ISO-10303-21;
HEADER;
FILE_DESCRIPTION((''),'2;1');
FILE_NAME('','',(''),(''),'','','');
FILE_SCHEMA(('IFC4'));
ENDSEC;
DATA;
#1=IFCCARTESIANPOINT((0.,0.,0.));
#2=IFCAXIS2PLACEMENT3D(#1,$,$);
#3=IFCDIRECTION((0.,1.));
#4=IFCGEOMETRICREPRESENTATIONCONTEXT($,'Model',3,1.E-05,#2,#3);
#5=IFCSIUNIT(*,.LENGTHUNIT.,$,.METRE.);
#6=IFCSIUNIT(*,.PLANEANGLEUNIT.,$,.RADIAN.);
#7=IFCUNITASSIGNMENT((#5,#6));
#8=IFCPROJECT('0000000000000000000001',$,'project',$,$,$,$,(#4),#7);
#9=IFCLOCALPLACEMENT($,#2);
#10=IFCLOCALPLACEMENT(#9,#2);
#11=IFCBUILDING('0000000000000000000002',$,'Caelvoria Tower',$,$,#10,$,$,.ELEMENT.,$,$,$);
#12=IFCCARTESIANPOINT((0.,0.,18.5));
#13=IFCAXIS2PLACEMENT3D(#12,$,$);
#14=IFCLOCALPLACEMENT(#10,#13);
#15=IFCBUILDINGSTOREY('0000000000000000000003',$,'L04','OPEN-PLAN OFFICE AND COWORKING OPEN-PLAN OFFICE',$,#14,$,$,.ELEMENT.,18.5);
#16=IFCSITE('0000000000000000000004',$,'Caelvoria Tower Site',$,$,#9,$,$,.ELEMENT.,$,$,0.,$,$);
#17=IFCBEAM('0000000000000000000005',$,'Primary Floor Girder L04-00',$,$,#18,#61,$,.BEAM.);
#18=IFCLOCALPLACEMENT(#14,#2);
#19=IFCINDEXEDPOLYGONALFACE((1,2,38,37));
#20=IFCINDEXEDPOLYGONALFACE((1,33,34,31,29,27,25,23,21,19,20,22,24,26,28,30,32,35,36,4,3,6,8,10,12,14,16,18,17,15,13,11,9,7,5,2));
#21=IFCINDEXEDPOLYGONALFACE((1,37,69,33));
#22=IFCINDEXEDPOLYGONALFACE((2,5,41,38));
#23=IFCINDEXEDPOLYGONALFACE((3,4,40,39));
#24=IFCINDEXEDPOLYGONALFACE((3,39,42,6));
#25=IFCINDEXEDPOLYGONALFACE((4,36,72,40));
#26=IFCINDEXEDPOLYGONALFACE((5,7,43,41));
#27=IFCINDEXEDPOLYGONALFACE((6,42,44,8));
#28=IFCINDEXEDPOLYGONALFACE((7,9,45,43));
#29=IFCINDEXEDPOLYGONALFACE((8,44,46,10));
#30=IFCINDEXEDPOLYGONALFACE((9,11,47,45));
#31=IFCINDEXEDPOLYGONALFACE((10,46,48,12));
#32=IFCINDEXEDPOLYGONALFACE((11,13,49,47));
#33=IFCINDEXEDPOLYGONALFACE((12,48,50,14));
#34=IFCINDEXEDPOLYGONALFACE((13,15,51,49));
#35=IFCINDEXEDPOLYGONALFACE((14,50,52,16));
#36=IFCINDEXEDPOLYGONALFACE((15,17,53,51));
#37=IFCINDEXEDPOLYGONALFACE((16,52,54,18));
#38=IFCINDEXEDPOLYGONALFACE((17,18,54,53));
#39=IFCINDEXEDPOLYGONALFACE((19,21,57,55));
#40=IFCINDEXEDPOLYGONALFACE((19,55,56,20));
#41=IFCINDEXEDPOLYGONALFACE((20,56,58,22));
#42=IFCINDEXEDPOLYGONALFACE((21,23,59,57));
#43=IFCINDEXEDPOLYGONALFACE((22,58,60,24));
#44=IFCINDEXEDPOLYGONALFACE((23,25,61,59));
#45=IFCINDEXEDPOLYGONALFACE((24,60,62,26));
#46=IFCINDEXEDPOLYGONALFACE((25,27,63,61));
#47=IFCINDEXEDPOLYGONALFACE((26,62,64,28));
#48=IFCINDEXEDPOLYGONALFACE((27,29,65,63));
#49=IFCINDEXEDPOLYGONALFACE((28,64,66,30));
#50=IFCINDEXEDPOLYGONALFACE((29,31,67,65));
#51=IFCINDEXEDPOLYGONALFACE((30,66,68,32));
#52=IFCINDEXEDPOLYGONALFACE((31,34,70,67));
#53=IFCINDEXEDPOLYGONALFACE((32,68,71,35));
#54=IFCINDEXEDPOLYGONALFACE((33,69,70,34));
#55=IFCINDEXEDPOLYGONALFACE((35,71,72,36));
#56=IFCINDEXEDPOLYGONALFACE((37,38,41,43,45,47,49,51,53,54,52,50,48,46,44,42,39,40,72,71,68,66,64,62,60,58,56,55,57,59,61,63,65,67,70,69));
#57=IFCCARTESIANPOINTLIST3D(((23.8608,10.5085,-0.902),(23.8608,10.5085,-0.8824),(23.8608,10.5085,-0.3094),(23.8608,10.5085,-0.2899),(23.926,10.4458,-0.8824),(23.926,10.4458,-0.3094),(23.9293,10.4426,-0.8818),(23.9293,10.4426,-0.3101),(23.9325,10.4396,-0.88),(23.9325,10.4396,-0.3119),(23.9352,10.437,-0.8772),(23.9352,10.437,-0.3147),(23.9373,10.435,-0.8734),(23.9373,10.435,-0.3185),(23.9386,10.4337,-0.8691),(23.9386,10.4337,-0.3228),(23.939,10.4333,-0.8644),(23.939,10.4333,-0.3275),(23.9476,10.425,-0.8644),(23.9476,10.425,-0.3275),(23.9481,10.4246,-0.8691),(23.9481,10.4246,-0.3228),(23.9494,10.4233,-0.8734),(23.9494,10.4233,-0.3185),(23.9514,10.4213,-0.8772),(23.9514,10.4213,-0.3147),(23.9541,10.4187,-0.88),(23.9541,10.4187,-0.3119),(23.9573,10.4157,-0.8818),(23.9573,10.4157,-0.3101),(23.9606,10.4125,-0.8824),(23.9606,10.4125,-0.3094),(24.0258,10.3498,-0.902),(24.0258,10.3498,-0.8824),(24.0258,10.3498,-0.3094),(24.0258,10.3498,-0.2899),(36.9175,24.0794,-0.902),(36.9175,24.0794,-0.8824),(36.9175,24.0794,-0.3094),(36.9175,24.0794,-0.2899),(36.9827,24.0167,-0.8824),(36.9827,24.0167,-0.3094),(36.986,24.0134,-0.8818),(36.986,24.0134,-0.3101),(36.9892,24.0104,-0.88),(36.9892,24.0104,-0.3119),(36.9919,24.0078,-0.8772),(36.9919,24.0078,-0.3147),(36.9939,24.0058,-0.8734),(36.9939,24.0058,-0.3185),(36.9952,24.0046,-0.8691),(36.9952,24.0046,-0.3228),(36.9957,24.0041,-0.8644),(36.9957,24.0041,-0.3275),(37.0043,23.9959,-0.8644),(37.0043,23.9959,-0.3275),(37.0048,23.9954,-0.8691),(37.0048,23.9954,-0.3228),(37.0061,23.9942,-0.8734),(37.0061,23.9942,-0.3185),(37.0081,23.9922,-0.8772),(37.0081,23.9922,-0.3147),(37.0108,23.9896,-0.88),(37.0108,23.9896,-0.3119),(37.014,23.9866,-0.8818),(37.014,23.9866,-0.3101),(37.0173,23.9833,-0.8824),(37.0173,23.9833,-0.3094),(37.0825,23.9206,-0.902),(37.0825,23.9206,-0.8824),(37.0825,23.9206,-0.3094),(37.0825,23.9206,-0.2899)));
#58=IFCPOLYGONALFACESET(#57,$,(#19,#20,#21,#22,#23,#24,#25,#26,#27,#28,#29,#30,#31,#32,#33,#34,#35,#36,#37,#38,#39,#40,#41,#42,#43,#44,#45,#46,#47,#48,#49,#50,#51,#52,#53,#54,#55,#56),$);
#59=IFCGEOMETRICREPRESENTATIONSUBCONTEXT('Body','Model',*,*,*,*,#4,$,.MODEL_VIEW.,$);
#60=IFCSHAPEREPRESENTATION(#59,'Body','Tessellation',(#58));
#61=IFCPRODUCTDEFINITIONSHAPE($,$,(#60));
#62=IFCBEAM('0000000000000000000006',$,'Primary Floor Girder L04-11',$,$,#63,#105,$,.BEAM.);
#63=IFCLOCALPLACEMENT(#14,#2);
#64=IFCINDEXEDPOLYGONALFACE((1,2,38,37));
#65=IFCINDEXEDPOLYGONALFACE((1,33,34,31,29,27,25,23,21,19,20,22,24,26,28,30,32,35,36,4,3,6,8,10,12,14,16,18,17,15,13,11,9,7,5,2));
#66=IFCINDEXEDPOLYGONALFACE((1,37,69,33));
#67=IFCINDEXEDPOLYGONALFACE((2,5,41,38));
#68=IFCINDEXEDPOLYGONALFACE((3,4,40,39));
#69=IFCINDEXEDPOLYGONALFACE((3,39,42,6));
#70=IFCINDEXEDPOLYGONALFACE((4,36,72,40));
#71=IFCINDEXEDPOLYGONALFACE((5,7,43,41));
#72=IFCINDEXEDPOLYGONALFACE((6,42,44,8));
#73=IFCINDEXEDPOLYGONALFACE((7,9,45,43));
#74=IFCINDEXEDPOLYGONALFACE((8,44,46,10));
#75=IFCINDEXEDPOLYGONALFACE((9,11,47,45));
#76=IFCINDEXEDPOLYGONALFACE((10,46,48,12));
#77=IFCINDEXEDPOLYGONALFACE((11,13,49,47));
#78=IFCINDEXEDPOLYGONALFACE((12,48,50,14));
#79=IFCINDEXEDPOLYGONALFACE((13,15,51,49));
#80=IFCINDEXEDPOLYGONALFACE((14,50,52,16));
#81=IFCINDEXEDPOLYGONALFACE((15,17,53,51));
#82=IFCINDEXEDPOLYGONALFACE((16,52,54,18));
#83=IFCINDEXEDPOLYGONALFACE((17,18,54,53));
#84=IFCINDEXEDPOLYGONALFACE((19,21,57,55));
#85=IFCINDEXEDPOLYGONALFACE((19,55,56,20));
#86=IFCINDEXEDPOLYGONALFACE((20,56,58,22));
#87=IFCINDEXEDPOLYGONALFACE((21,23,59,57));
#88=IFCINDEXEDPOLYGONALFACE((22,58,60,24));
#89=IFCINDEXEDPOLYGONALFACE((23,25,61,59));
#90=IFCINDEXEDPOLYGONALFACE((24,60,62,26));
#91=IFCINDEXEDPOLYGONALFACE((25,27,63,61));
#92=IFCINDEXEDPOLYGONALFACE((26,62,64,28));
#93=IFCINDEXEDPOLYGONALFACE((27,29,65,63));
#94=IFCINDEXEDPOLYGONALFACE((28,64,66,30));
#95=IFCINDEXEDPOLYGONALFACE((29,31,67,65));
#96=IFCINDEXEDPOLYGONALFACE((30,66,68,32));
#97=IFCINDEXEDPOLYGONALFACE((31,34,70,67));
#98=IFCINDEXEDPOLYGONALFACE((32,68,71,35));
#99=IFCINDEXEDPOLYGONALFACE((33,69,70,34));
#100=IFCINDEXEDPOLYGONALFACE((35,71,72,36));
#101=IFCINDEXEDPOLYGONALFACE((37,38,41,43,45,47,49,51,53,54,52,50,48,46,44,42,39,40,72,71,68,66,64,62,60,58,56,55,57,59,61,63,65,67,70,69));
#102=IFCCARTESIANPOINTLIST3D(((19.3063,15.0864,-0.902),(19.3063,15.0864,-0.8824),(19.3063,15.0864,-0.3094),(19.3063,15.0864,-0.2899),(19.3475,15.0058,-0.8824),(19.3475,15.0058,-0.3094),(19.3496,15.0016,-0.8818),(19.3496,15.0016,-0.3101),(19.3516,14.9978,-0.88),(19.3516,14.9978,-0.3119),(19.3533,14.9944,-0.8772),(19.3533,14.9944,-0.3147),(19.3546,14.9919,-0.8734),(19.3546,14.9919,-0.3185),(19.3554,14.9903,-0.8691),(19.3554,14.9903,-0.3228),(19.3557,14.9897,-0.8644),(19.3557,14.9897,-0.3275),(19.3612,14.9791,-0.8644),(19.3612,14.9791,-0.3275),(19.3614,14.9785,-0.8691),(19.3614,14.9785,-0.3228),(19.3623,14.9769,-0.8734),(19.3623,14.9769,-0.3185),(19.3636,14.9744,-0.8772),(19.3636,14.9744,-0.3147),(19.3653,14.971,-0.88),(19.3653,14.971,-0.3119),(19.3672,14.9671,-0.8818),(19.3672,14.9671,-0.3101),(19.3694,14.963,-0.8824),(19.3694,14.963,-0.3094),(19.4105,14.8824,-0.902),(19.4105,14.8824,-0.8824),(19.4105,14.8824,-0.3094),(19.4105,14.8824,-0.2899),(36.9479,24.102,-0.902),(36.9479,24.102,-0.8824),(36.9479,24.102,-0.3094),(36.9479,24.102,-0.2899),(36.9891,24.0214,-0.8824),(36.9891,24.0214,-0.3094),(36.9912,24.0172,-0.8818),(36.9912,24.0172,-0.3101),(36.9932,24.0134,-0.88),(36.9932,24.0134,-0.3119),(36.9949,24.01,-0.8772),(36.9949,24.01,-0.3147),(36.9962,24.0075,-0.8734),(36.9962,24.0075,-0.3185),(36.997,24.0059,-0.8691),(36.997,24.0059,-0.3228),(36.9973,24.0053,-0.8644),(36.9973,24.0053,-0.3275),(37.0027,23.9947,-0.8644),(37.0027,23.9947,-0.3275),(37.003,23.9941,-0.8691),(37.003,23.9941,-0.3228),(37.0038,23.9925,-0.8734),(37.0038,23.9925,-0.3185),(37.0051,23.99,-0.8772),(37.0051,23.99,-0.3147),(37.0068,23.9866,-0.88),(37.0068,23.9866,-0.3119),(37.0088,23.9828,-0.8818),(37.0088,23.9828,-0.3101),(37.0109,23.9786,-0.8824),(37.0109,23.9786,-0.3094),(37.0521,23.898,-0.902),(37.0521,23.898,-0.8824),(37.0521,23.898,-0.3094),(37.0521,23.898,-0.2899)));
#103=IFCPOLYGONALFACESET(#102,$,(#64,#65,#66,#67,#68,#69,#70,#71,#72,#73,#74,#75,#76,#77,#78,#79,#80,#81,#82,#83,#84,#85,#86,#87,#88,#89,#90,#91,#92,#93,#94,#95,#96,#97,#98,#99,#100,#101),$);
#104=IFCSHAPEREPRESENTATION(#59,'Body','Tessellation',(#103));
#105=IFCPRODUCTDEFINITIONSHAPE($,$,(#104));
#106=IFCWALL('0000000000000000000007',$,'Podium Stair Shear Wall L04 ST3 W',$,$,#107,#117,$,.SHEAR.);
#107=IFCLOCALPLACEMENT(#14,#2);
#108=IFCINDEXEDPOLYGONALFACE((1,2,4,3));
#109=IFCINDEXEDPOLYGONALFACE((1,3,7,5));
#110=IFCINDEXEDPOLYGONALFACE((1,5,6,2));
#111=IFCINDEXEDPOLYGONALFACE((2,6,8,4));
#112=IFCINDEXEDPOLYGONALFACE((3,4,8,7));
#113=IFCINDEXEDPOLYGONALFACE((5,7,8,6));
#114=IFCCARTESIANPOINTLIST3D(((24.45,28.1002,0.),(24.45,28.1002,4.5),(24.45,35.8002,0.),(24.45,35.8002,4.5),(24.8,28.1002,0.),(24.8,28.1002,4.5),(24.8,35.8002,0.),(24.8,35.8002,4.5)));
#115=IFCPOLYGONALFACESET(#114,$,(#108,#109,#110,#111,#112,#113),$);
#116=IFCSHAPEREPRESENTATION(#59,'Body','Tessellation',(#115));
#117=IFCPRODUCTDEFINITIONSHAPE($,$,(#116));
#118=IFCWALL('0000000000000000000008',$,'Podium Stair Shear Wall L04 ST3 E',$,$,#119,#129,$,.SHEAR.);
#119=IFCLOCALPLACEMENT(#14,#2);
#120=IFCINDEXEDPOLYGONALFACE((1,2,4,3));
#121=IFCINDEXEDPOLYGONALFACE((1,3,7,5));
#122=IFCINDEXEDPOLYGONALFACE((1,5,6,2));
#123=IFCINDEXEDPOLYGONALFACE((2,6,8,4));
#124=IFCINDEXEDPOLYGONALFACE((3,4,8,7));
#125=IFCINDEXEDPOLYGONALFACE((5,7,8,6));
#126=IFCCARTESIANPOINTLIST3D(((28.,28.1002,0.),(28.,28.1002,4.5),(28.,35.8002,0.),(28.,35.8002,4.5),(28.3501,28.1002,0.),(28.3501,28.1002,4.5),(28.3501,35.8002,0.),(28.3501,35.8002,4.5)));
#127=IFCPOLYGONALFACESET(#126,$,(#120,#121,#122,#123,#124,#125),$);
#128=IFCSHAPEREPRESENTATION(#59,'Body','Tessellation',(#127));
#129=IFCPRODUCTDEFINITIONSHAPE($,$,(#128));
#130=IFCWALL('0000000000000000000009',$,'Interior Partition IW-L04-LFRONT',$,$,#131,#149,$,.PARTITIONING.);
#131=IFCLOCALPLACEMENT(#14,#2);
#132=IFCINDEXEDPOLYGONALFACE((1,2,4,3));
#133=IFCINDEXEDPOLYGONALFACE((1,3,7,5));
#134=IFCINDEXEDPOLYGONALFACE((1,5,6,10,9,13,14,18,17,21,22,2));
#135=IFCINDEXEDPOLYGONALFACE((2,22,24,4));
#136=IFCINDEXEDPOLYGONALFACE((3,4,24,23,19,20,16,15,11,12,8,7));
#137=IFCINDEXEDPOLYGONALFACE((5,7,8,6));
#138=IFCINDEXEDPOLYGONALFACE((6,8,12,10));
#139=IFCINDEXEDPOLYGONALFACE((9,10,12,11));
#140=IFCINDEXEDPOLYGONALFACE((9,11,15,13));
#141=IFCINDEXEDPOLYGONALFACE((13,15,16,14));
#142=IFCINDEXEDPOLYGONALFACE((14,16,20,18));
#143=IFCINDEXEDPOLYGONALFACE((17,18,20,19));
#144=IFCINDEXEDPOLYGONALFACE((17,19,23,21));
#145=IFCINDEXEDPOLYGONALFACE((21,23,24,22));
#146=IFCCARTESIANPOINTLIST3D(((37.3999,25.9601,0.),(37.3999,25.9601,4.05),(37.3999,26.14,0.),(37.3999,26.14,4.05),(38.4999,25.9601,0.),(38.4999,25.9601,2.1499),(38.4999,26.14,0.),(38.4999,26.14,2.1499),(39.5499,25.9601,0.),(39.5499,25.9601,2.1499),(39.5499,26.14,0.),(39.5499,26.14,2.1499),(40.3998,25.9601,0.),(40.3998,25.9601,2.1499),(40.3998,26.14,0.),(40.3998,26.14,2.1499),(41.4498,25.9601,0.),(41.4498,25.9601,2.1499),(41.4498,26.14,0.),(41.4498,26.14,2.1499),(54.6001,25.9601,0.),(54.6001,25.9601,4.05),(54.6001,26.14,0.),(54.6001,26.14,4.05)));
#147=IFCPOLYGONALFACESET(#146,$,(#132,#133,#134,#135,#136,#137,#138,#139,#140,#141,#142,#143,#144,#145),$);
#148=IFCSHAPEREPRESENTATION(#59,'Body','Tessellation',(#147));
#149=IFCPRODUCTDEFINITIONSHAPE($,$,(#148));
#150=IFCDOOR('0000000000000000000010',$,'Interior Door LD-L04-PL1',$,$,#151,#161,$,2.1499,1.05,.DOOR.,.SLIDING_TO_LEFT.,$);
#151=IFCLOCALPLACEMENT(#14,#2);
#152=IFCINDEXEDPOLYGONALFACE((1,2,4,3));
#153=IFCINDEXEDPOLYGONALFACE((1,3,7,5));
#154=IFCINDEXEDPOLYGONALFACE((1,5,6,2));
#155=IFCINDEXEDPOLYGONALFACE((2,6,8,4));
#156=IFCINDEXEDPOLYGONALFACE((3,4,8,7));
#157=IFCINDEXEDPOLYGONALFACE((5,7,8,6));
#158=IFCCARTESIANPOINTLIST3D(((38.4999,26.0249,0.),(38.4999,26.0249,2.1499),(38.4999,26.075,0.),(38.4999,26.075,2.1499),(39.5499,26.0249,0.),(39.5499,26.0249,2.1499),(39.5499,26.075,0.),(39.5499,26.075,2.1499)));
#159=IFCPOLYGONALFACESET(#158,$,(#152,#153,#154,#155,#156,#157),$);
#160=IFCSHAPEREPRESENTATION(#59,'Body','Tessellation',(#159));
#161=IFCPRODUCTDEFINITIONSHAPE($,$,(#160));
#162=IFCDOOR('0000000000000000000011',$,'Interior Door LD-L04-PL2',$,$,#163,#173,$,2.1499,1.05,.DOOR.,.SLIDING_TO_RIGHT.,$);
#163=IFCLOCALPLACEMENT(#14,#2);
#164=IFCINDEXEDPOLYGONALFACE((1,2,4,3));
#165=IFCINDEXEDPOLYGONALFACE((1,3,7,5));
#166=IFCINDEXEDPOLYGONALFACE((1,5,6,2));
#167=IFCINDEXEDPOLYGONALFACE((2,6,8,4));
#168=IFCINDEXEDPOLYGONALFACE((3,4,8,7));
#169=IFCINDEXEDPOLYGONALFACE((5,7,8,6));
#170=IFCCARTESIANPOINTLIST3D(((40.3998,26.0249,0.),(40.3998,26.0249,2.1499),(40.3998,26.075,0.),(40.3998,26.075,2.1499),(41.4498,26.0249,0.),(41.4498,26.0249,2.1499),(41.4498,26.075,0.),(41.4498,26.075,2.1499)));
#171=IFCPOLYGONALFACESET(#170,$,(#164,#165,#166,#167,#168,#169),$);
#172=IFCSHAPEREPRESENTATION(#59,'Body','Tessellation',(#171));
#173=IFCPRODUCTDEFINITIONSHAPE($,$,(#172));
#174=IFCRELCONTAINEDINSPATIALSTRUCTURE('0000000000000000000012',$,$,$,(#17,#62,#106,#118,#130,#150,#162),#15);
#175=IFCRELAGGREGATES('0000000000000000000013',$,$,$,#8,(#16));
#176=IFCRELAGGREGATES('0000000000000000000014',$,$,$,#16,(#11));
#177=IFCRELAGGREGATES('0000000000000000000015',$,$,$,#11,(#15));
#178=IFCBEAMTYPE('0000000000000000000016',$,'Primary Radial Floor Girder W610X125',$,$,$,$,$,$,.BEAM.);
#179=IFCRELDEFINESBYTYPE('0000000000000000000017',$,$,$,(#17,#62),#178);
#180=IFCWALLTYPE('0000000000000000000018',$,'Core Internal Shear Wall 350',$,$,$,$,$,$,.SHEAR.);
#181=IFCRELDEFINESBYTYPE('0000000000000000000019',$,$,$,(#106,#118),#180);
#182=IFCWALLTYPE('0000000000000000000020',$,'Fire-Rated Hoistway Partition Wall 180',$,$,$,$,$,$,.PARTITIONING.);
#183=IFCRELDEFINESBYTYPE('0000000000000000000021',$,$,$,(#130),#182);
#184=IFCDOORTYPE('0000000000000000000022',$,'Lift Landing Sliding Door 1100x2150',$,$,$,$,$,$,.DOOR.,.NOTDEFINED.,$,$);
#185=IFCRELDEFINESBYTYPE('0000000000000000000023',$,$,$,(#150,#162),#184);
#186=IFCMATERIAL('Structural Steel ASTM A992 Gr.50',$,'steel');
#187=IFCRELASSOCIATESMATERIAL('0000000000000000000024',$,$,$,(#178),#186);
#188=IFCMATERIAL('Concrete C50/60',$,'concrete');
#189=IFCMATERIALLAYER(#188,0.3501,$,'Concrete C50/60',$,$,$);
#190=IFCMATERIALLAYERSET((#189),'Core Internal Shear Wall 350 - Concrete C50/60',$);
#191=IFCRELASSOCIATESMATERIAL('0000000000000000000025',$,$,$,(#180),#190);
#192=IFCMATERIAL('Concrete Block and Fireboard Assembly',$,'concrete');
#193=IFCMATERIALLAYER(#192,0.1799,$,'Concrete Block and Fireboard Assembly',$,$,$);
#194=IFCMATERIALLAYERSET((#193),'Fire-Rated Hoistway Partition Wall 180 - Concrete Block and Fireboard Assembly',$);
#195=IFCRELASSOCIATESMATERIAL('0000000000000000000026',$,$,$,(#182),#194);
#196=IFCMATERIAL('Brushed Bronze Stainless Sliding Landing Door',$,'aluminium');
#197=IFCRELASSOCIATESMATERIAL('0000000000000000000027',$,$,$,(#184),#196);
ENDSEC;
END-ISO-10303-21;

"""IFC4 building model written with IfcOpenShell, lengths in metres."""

from ifc_helpers import new_model, si_unit, direction, frame, frame_2d, origin, origin_2d, place, context, subcontext, project, spatial, rectangle, i_section, extrude, material, layer, layer_set, material_profile, profile_set, type_object, element, fill, save


model = new_model("IFC4")

# Units and contexts
model_context = context("Model", 3, precision=1e-05, world=origin(), true_north=direction((0.0, 1.0)))
body_context = subcontext(model_context, "Body", "Model", "MODEL_VIEW")
ifc_project = project(units=[si_unit("LENGTHUNIT", "METRE"), si_unit("PLANEANGLEUNIT", "RADIAN")], contexts=[model_context])

# Site, building, storey
site_placement = place(None, origin())
site = spatial("IfcSite", under=ifc_project, at=site_placement, Name="Caelvoria Tower Site", CompositionType="ELEMENT", RefElevation=0.0)
building_placement = place(site_placement, origin())
building = spatial("IfcBuilding", under=site, at=building_placement, Name="Caelvoria Tower", CompositionType="ELEMENT")
storey_placement = place(building_placement, frame((0.0, 0.0, 18.5)))
storey = spatial("IfcBuildingStorey", under=building, at=storey_placement, Name="L04", Description="OPEN-PLAN OFFICE AND COWORKING OPEN-PLAN OFFICE", CompositionType="ELEMENT", Elevation=18.5)

# Beams
ifc_material_1 = material(Name="Structural Steel ASTM A992 Gr.50", Category="steel")
ifc_material_profile = material_profile(ifc_material_1, i_section(OverallWidth=0.229, OverallDepth=0.6121, WebThickness=0.012, FlangeThickness=0.0195, FilletRadius=0.0181, at=origin_2d()), Name="Structural Steel ASTM A992 Gr.50")
ifc_profile_set = profile_set([ifc_material_profile], Name="W610X125 - Structural Steel ASTM A992 Gr.50")
beam_type = type_object("IfcBeamType", Name="Primary Radial Floor Girder W610X125", PredefinedType="BEAM", material=ifc_profile_set)
beam_1_placement = place(storey_placement, frame((37.0, 24.0, -0.5959), z_axis=(-0.693324, -0.720626, 0.0), x_axis=(0.720626, -0.693324, 0.0)))
element("IfcBeam", 1, at=beam_1_placement, inside=storey, type_object=beam_type, Name="Primary Floor Girder L04-00", PredefinedType="BEAM", context=body_context, shape_type="SweptSolid", body=[
    extrude(i_section(OverallWidth=0.229, OverallDepth=0.6121, WebThickness=0.012, FlangeThickness=0.0195, FilletRadius=0.0181, at=origin_2d()), origin(), (0.0, 0.0, 1.0), 18.832),
])
beam_2_placement = place(storey_placement, frame((37.0, 24.0, -0.5959), z_axis=(-0.890459, -0.455063, 0.0), x_axis=(0.455063, -0.890459, 0.0)))
element("IfcBeam", 2, at=beam_2_placement, inside=storey, type_object=beam_type, Name="Primary Floor Girder L04-11", PredefinedType="BEAM", context=body_context, shape_type="SweptSolid", body=[
    extrude(i_section(OverallWidth=0.229, OverallDepth=0.6121, WebThickness=0.012, FlangeThickness=0.0195, FilletRadius=0.0181, at=origin_2d()), origin(), (0.0, 0.0, 1.0), 19.8118),
])

# Shared definitions
ifc_material_2 = material(Name="Concrete C50/60", Category="concrete")
ifc_layer_1 = layer(ifc_material_2, 0.3501, Name="Concrete C50/60")
ifc_layer_set_1 = layer_set([ifc_layer_1], Name="Core Internal Shear Wall 350 - Concrete C50/60")
wall_type_1 = type_object("IfcWallType", Name="Core Internal Shear Wall 350", PredefinedType="SHEAR", material=ifc_layer_set_1)

# Walls
for number, where, z_axis, x_axis, name in (
    (3, (24.625, 28.1001, 0.0), (0.0, 0.0, 1.0), (0.0, 1.0, 0.0), "Podium Stair Shear Wall L04 ST3 W"),
    (4, (28.175, 28.1001, 0.0), (0.0, 0.0, 1.0), (0.0, 1.0, 0.0), "Podium Stair Shear Wall L04 ST3 E"),
):
    element("IfcWall", number, at=place(storey_placement, frame(where, z_axis=z_axis, x_axis=x_axis)), inside=storey, type_object=wall_type_1, Name=name, PredefinedType="SHEAR", context=body_context, shape_type="SweptSolid", body=[
        extrude(rectangle(XDim=7.7, YDim=0.3501, at=frame_2d((3.8501, 0.0))), origin(), (0.0, 0.0, 1.0), 4.5),
    ])

# Wall, openings, doors
ifc_material_3 = material(Name="Concrete Block and Fireboard Assembly", Category="concrete")
ifc_layer_2 = layer(ifc_material_3, 0.1799, Name="Concrete Block and Fireboard Assembly")
ifc_layer_set_2 = layer_set([ifc_layer_2], Name="Fire-Rated Hoistway Partition Wall 180 - Concrete Block and Fireboard Assembly")
wall_type_2 = type_object("IfcWallType", Name="Fire-Rated Hoistway Partition Wall 180", PredefinedType="PARTITIONING", material=ifc_layer_set_2)
wall_1_placement = place(storey_placement, frame((37.3999, 26.05, 0.0), z_axis=(0.0, 0.0, 1.0), x_axis=(1.0, 0.0, 0.0)))
wall_1 = element("IfcWall", 5, at=wall_1_placement, inside=storey, type_object=wall_type_2, Name="Interior Partition IW-L04-LFRONT", PredefinedType="PARTITIONING", context=body_context, shape_type="SweptSolid", body=[
    extrude(rectangle(XDim=17.2002, YDim=0.1799, at=frame_2d((8.6001, 0.0))), origin(), (0.0, 0.0, 1.0), 4.05),
])
opening_1_placement = place(wall_1_placement, frame((1.1001, 0.0, 0.0)))
opening_1 = element("IfcOpeningElement", 6, at=opening_1_placement, cuts=wall_1, PredefinedType="OPENING", context=body_context, shape_type="SweptSolid", body=[
    extrude(rectangle(XDim=1.05, YDim=2.1499, at=frame_2d((0.5249, 1.075))), frame((0.0, 0.0999, 0.0), z_axis=(0.0, -1.0, 0.0), x_axis=(1.0, 0.0, 0.0)), (0.0, 0.0, 1.0), 0.2),
])
opening_2_placement = place(wall_1_placement, frame((3.0, 0.0, 0.0)))
opening_2 = element("IfcOpeningElement", 7, at=opening_2_placement, cuts=wall_1, PredefinedType="OPENING", context=body_context, shape_type="SweptSolid", body=[
    extrude(rectangle(XDim=1.05, YDim=2.1499, at=frame_2d((0.5249, 1.075))), frame((0.0, 0.0999, 0.0), z_axis=(0.0, -1.0, 0.0), x_axis=(1.0, 0.0, 0.0)), (0.0, 0.0, 1.0), 0.2),
])
ifc_material_4 = material(Name="Brushed Bronze Stainless Sliding Landing Door", Category="aluminium")
door_type_1 = type_object("IfcDoorType", Name="Lift Landing Sliding Door 1100x2150", OperationType="NOTDEFINED", PredefinedType="DOOR", material=ifc_material_4)
door_1_placement = place(opening_1_placement, origin())
door_1 = element("IfcDoor", 8, at=door_1_placement, inside=storey, type_object=door_type_1, Name="Interior Door LD-L04-PL1", OperationType="SLIDING_TO_LEFT", OverallHeight=2.1499, OverallWidth=1.05, PredefinedType="DOOR", context=body_context, shape_type="SweptSolid", body=[
    extrude(rectangle(XDim=1.05, YDim=2.1499, at=frame_2d((0.5249, 1.075))), frame((0.0, 0.0249, 0.0), z_axis=(0.0, -1.0, 0.0), x_axis=(1.0, 0.0, 0.0)), (0.0, 0.0, 1.0), 0.05),
])
fill(opening_1, door_1)
door_2_placement = place(opening_2_placement, origin())
door_2 = element("IfcDoor", 9, at=door_2_placement, inside=storey, type_object=door_type_1, Name="Interior Door LD-L04-PL2", OperationType="SLIDING_TO_RIGHT", OverallHeight=2.1499, OverallWidth=1.05, PredefinedType="DOOR", context=body_context, shape_type="SweptSolid", body=[
    extrude(rectangle(XDim=1.05, YDim=2.1499, at=frame_2d((0.5249, 1.075))), frame((0.0, 0.0249, 0.0), z_axis=(0.0, -1.0, 0.0), x_axis=(1.0, 0.0, 0.0)), (0.0, 0.0, 1.0), 0.05),
])
fill(opening_2, door_2)

save(model, "model.ifc")
